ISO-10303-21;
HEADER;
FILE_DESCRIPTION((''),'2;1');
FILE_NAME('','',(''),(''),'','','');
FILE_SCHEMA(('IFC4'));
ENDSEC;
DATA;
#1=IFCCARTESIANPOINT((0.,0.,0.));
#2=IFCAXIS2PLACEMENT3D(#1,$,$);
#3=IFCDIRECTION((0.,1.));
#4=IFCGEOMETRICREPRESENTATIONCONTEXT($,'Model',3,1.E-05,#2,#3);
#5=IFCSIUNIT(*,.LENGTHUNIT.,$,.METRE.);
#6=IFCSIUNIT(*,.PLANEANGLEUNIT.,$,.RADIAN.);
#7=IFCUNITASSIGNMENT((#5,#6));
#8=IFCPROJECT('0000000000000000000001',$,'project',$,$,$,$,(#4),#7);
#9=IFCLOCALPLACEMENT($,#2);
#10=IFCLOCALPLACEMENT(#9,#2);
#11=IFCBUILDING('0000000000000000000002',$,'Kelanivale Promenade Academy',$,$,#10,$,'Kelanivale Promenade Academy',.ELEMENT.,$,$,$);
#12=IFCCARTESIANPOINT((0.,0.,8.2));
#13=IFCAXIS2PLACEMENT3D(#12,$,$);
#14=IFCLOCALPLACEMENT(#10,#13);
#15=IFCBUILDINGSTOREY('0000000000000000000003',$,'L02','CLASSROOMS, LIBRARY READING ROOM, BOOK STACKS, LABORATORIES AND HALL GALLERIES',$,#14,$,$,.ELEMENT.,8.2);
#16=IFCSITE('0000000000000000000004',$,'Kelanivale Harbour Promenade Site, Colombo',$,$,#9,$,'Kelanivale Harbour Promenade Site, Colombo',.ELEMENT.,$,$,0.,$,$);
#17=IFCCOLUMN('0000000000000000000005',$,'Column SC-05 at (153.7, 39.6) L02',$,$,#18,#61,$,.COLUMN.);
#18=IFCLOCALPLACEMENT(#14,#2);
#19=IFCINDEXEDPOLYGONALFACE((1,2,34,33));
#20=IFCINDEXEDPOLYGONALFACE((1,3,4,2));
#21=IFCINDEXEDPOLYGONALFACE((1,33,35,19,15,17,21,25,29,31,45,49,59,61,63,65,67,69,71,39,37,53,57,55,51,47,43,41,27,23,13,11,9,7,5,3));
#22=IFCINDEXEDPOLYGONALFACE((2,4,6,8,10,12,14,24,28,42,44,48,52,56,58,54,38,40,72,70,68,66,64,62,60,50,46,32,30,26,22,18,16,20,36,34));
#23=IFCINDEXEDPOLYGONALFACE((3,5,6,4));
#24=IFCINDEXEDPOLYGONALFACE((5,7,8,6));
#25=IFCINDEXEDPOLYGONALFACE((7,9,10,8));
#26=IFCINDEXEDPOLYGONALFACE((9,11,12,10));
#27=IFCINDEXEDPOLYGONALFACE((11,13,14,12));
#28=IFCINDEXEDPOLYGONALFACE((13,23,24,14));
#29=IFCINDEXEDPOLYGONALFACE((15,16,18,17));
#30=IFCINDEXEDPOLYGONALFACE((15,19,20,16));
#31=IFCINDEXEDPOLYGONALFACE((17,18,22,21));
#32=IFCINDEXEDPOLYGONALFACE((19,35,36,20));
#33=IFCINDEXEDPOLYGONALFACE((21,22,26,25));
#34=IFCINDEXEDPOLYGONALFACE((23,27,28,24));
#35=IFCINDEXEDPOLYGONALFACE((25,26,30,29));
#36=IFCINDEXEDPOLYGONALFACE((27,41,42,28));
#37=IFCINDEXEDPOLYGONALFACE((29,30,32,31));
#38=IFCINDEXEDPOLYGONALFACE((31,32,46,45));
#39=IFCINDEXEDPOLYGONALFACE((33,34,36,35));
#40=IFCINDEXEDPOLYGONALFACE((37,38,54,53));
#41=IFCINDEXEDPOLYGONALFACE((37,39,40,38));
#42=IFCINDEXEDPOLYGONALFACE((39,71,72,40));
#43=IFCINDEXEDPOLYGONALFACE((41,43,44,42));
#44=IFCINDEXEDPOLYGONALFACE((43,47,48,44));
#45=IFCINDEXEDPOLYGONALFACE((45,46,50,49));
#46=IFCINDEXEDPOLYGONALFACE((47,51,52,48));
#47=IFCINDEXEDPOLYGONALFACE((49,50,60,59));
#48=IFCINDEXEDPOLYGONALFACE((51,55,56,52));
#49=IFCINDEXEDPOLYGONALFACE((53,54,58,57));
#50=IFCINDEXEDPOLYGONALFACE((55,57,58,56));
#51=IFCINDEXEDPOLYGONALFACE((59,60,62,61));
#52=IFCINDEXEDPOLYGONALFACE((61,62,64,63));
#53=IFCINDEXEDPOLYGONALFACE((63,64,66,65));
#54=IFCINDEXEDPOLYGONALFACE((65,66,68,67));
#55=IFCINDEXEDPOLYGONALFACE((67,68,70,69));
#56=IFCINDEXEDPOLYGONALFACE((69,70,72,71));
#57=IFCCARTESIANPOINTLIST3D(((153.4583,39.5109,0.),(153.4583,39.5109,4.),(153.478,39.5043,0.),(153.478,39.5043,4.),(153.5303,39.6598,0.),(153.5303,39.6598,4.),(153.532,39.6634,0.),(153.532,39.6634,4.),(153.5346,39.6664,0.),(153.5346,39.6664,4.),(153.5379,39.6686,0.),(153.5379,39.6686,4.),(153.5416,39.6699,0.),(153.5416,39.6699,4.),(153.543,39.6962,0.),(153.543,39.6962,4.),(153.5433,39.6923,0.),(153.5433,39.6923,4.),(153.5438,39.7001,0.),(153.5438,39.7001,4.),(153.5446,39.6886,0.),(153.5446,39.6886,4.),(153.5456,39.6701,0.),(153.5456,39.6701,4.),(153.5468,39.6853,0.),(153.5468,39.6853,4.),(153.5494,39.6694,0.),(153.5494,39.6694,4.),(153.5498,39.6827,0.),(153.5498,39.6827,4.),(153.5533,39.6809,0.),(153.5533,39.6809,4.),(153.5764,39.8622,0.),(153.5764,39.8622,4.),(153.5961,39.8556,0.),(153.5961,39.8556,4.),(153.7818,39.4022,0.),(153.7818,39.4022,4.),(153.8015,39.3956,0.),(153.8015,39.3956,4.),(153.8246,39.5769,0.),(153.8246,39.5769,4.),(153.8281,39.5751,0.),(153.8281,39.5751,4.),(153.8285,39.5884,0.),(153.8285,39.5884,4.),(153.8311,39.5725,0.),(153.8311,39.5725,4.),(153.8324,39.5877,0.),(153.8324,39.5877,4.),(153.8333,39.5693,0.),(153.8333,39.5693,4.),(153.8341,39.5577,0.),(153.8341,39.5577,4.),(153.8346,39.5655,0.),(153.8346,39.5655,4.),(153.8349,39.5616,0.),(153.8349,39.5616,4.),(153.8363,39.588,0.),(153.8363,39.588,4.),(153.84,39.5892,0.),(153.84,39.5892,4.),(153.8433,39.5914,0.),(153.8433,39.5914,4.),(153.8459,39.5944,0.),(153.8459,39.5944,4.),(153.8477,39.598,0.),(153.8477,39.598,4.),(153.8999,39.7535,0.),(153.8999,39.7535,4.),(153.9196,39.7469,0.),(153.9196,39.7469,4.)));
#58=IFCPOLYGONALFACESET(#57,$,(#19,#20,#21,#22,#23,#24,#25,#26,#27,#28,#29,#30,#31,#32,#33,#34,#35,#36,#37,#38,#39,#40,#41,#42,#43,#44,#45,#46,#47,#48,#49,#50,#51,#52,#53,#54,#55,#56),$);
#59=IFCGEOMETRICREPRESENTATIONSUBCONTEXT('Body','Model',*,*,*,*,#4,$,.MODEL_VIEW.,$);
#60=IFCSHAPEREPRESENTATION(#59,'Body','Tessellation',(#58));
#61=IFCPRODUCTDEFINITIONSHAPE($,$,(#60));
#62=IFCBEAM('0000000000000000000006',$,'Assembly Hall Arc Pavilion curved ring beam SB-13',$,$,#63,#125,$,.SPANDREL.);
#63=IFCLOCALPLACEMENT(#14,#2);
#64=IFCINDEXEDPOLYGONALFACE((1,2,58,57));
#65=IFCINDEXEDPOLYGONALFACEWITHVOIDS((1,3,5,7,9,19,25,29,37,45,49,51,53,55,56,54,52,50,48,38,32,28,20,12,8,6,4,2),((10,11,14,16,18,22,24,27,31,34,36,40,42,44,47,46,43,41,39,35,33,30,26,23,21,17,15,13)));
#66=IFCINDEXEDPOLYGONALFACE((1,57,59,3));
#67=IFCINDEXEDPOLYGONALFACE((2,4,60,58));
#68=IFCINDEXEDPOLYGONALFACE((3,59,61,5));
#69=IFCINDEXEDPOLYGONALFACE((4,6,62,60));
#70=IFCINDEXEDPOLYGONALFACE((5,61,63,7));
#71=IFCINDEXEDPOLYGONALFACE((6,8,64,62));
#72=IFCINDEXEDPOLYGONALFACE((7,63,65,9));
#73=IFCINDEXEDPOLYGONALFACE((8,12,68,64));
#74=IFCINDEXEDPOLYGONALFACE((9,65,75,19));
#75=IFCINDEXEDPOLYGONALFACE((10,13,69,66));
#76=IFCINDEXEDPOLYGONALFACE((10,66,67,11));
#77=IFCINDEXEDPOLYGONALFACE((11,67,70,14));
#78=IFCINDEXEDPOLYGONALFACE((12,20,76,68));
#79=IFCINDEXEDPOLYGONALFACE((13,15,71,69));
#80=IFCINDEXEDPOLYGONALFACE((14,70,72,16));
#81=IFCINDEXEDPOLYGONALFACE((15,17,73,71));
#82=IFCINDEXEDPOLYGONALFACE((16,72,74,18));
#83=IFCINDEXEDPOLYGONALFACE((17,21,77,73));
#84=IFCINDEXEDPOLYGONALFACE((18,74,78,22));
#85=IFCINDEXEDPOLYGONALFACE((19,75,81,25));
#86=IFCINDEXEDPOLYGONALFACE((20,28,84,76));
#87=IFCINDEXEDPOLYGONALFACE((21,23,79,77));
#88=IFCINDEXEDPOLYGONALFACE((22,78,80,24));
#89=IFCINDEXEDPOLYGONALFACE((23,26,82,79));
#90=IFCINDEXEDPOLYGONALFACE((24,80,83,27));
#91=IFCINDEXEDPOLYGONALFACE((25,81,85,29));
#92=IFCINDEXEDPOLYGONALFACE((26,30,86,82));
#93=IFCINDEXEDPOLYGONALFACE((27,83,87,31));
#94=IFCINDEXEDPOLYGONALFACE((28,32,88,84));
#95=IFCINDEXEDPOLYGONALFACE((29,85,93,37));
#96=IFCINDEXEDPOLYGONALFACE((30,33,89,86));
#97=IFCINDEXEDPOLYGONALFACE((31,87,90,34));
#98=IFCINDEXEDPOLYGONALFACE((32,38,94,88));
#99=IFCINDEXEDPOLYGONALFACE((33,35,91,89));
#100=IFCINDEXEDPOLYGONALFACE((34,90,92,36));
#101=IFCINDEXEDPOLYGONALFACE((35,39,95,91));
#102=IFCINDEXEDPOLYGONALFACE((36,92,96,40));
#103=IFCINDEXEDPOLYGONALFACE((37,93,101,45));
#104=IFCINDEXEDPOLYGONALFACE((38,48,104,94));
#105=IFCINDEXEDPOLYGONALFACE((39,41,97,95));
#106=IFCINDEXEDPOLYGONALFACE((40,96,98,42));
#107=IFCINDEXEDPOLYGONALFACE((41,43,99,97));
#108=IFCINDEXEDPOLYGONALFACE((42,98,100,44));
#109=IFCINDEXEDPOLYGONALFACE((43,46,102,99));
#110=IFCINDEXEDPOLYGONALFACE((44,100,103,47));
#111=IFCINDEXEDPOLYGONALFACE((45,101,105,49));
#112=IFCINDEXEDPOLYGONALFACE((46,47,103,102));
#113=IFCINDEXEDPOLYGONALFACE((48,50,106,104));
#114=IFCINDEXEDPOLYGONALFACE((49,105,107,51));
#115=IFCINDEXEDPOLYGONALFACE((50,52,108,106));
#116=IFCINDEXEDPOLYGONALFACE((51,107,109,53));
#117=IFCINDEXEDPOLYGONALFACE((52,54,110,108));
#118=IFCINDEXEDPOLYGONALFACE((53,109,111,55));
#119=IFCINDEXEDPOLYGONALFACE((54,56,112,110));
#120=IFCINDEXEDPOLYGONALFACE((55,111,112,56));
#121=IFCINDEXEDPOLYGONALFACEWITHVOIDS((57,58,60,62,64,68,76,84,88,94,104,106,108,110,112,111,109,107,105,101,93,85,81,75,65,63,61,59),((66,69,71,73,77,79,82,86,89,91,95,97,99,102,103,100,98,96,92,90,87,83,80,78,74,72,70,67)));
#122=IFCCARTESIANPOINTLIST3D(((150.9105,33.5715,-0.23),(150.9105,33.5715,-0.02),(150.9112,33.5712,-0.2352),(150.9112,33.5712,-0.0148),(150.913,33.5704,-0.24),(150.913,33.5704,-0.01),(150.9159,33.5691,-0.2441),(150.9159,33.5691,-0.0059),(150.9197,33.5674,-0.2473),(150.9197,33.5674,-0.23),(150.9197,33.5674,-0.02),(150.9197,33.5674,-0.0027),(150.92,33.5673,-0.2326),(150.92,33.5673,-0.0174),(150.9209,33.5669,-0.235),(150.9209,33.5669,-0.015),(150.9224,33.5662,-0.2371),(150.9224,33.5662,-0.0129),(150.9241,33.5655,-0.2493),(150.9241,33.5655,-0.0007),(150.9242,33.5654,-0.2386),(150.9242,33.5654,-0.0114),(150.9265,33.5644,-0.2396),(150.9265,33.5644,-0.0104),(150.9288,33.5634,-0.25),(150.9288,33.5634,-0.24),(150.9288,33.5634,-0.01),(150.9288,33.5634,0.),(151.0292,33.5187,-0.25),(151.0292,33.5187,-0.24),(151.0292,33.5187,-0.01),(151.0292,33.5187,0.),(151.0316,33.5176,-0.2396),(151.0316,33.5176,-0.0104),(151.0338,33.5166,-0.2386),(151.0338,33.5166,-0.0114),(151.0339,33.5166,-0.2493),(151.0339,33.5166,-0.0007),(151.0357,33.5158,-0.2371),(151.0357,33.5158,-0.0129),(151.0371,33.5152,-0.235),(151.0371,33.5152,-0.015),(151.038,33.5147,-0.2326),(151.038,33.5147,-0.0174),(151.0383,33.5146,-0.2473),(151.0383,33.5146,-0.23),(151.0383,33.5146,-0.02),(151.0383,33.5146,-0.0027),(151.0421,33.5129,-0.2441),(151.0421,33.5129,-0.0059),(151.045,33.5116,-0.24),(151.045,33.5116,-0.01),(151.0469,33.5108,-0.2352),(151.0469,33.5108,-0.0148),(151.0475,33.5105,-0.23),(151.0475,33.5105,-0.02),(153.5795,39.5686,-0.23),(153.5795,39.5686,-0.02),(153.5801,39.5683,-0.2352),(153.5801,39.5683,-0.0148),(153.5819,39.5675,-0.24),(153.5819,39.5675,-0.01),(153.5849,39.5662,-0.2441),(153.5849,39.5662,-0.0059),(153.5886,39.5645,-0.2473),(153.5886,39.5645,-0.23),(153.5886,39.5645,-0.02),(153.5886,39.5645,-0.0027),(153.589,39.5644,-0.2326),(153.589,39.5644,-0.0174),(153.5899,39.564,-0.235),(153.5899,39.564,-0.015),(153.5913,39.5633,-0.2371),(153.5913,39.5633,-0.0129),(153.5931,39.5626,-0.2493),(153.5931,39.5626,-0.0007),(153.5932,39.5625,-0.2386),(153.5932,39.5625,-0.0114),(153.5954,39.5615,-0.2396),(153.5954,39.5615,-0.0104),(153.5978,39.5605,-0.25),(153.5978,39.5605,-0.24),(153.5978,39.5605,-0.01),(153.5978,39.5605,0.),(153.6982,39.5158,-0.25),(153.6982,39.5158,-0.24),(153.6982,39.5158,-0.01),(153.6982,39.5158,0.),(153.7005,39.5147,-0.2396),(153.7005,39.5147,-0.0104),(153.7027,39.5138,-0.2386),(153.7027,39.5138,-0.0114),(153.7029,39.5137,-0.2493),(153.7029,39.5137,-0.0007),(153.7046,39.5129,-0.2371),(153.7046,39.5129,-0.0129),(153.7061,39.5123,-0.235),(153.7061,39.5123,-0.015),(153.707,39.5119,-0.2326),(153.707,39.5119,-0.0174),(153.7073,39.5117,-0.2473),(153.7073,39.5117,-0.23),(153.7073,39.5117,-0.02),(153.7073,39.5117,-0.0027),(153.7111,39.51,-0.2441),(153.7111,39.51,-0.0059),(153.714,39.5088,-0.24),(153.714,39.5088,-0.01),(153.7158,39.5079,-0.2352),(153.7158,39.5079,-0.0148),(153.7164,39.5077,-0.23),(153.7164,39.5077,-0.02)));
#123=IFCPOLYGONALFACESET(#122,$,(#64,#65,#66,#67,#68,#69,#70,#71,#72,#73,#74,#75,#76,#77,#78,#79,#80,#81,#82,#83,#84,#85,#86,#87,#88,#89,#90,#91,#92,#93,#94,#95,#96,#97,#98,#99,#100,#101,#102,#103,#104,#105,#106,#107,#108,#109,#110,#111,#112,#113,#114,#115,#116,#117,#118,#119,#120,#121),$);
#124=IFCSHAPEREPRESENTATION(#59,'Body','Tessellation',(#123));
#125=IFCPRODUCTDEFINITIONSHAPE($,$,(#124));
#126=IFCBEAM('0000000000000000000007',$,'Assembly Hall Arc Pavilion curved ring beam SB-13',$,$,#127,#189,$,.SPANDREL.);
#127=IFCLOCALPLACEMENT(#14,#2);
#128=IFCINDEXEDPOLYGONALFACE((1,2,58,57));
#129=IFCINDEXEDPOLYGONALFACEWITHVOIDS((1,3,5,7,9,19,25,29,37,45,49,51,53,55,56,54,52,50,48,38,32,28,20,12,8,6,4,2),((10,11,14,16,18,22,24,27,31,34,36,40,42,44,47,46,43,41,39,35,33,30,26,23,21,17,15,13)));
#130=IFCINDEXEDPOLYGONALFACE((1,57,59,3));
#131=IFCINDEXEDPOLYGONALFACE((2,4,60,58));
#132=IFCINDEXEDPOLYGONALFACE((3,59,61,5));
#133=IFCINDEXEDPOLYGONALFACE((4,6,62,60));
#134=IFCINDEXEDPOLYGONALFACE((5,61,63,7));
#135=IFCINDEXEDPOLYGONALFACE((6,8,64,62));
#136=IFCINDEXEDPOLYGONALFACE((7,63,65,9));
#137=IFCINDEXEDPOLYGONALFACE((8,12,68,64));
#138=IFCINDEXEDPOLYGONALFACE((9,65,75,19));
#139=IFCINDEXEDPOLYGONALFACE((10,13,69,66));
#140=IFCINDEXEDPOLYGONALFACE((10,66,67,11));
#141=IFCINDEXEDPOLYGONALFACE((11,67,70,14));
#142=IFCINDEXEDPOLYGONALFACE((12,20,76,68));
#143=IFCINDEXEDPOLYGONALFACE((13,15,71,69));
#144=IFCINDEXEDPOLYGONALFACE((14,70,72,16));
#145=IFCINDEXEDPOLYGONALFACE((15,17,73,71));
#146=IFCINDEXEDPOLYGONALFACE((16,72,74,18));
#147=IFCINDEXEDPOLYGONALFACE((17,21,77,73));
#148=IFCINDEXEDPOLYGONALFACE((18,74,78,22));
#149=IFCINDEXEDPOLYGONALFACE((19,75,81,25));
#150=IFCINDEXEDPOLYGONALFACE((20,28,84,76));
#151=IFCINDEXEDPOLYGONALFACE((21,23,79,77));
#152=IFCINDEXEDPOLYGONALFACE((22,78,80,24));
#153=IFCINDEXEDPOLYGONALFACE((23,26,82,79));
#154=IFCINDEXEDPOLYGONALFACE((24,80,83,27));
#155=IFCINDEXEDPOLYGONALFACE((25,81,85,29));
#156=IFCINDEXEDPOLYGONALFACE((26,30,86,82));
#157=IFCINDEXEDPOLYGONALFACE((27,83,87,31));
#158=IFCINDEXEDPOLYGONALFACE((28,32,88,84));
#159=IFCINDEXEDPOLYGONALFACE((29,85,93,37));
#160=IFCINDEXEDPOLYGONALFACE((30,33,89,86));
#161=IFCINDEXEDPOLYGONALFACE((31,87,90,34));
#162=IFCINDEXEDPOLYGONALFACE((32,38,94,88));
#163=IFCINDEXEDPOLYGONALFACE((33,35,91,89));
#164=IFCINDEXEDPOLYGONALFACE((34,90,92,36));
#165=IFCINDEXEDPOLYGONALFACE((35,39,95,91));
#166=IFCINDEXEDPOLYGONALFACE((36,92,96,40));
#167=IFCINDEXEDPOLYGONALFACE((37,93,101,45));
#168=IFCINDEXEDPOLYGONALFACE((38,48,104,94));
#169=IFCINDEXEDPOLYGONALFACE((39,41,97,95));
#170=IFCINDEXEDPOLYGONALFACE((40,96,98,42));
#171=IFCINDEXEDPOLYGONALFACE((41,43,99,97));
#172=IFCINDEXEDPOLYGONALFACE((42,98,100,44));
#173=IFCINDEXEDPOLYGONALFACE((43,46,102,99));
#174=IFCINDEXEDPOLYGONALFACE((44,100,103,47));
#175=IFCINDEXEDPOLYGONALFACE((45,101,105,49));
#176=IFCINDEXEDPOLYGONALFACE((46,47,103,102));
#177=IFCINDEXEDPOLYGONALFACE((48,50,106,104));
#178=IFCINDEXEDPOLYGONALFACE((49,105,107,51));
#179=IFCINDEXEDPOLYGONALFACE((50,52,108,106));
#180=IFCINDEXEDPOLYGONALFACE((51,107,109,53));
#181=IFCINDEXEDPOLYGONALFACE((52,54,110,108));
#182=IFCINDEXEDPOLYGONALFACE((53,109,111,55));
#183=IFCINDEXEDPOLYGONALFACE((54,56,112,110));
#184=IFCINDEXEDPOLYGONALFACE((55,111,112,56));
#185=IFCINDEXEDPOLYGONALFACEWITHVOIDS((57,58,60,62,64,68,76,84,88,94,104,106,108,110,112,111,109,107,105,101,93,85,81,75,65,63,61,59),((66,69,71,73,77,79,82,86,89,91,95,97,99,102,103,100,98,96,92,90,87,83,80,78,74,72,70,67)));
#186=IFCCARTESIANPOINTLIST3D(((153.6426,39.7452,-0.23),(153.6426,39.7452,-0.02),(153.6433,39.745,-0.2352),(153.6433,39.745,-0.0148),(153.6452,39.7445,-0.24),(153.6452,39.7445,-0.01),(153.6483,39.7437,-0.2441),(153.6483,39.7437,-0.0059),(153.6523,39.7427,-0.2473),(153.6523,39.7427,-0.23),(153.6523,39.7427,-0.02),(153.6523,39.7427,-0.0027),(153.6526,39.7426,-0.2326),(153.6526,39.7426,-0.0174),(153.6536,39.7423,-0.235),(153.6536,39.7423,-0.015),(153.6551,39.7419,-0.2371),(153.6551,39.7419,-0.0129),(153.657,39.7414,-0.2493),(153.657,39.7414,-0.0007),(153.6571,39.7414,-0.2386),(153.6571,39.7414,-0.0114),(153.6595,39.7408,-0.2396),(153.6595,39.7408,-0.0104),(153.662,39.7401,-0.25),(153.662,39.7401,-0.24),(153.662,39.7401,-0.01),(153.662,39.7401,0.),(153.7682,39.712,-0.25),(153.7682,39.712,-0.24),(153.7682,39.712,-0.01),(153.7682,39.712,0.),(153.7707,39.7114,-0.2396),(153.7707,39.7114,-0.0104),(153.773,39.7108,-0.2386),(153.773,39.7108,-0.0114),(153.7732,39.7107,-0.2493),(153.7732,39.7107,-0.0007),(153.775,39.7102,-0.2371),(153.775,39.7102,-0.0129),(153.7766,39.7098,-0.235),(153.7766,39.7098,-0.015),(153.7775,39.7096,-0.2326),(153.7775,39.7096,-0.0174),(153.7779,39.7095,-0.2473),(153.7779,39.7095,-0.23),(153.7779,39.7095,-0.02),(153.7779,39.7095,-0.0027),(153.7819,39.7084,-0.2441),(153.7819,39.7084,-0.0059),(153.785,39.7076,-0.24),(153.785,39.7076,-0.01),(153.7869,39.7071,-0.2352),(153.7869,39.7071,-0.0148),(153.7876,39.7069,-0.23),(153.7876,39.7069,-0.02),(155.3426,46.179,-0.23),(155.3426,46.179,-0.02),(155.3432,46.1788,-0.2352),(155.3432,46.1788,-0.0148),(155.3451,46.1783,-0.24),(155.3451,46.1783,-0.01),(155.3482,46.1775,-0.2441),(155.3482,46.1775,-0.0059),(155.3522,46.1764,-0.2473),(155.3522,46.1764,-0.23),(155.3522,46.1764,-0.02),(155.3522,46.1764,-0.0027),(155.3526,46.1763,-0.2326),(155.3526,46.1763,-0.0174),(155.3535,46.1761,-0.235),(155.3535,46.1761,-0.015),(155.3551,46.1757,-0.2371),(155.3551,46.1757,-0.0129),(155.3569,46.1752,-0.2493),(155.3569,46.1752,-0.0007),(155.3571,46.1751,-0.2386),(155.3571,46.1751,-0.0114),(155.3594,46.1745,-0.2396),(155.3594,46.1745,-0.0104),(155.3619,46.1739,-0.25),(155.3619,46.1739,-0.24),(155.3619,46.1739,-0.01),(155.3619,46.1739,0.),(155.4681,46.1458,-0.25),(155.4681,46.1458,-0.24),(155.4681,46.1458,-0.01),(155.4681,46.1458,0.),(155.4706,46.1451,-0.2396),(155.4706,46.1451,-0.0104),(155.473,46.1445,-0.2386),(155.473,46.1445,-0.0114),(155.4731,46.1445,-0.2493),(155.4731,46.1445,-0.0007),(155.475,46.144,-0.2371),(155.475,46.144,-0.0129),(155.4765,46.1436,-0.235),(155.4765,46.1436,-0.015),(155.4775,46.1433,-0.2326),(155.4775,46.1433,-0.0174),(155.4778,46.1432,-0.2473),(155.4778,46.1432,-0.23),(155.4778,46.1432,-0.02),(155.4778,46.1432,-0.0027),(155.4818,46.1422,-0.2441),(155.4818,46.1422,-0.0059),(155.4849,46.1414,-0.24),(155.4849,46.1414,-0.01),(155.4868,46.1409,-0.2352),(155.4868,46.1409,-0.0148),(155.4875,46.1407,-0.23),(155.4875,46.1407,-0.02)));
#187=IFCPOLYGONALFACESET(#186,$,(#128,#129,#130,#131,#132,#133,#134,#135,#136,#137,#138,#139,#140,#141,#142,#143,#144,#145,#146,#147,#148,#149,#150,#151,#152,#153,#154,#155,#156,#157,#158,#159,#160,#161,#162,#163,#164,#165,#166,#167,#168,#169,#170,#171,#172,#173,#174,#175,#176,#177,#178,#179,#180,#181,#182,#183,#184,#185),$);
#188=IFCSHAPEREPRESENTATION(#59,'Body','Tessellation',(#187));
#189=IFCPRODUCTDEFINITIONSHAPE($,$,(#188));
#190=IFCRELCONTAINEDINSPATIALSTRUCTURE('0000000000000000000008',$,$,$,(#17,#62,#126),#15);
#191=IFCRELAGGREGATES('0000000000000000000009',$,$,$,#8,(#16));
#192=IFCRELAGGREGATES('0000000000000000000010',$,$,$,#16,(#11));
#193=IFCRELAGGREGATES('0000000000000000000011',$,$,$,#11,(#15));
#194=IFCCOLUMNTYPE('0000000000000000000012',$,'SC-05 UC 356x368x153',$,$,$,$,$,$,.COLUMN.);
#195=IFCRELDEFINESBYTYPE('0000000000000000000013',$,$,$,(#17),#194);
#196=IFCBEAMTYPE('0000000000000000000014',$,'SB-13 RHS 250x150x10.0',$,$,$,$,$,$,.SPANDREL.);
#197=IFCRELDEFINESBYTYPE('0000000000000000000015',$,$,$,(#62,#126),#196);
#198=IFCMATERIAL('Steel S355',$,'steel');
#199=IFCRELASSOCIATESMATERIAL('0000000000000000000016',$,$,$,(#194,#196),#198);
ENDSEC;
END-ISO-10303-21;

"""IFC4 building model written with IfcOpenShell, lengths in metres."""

from ifc_helpers import new_model, si_unit, direction, frame, origin, origin_2d, place, context, subcontext, project, spatial, hollow_rectangle, i_section, extrude, material, material_profile, profile_set, type_object, element, save


model = new_model("IFC4")

# Units and contexts
model_context = context("Model", 3, precision=1e-05, world=origin(), true_north=direction((0.0, 1.0)))
body_context = subcontext(model_context, "Body", "Model", "MODEL_VIEW")
ifc_project = project(units=[si_unit("LENGTHUNIT", "METRE"), si_unit("PLANEANGLEUNIT", "RADIAN")], contexts=[model_context])

# Site, building, storey
site_placement = place(None, origin())
site = spatial("IfcSite", under=ifc_project, at=site_placement, Name="Kelanivale Harbour Promenade Site, Colombo", LongName="Kelanivale Harbour Promenade Site, Colombo", CompositionType="ELEMENT", RefElevation=0.0)
building_placement = place(site_placement, origin())
building = spatial("IfcBuilding", under=site, at=building_placement, Name="Kelanivale Promenade Academy", LongName="Kelanivale Promenade Academy", CompositionType="ELEMENT")
storey_placement = place(building_placement, frame((0.0, 0.0, 8.2)))
storey = spatial("IfcBuildingStorey", under=building, at=storey_placement, Name="L02", Description="CLASSROOMS, LIBRARY READING ROOM, BOOK STACKS, LABORATORIES AND HALL GALLERIES", CompositionType="ELEMENT", Elevation=8.2)

# Column
ifc_material_1 = material(Name="Steel S355", Category="steel")
ifc_material_profile_1 = material_profile(ifc_material_1, i_section(OverallWidth=0.3706, OverallDepth=0.3621, WebThickness=0.0122, FlangeThickness=0.0208, FilletRadius=0.0151, at=origin_2d()), Name="UC 356x368x153")
ifc_profile_set_1 = profile_set([ifc_material_profile_1], Name="Steel S355")
column_type_1 = type_object("IfcColumnType", Name="SC-05 UC 356x368x153", PredefinedType="COLUMN", material=ifc_profile_set_1)
column_1_placement = place(storey_placement, frame((153.689, 39.6289, 0.0), z_axis=(0.0, 0.0, 1.0), x_axis=(0.318628, 0.94788, 0.0)))
element("IfcColumn", 1, at=column_1_placement, inside=storey, type_object=column_type_1, Name="Column SC-05 at (153.7, 39.6) L02", PredefinedType="COLUMN", context=body_context, shape_type="SweptSolid", body=[
    extrude(i_section(OverallWidth=0.3706, OverallDepth=0.3621, WebThickness=0.0122, FlangeThickness=0.0208, FilletRadius=0.0151, at=origin_2d()), origin(), (0.0, 0.0, 1.0), 4.0),
])

# Beams
ifc_material_profile_2 = material_profile(ifc_material_1, hollow_rectangle(XDim=0.1499, YDim=0.25, WallThickness=0.01, InnerFilletRadius=0.01, OuterFilletRadius=0.02, at=origin_2d()), Name="RHS 250x150x10.0")
ifc_profile_set_2 = profile_set([ifc_material_profile_2], Name="Steel S355")
beam_type = type_object("IfcBeamType", Name="SB-13 RHS 250x150x10.0", PredefinedType="SPANDREL", material=ifc_profile_set_2)
beam_1_placement = place(storey_placement, frame((150.979, 33.541, -0.125), z_axis=(0.406594, 0.913609, 0.0), x_axis=(-0.913609, 0.406594, 0.0)))
element("IfcBeam", 2, at=beam_1_placement, inside=storey, type_object=beam_type, Name="Assembly Hall Arc Pavilion curved ring beam SB-13", PredefinedType="SPANDREL", context=body_context, shape_type="SweptSolid", body=[
    extrude(hollow_rectangle(XDim=0.1499, YDim=0.25, WallThickness=0.01, InnerFilletRadius=0.01, OuterFilletRadius=0.02, at=origin_2d()), origin(), (0.0, 0.0, 1.0), 6.5642),
])
beam_2_placement = place(storey_placement, frame((153.7151, 39.7261, -0.125), z_axis=(0.255454, 0.966821, 0.0), x_axis=(-0.966821, 0.255454, 0.0)))
element("IfcBeam", 3, at=beam_2_placement, inside=storey, type_object=beam_type, Name="Assembly Hall Arc Pavilion curved ring beam SB-13", PredefinedType="SPANDREL", context=body_context, shape_type="SweptSolid", body=[
    extrude(hollow_rectangle(XDim=0.1499, YDim=0.25, WallThickness=0.01, InnerFilletRadius=0.01, OuterFilletRadius=0.02, at=origin_2d()), origin(), (0.0, 0.0, 1.0), 6.6545),
])

save(model, "model.ifc")
